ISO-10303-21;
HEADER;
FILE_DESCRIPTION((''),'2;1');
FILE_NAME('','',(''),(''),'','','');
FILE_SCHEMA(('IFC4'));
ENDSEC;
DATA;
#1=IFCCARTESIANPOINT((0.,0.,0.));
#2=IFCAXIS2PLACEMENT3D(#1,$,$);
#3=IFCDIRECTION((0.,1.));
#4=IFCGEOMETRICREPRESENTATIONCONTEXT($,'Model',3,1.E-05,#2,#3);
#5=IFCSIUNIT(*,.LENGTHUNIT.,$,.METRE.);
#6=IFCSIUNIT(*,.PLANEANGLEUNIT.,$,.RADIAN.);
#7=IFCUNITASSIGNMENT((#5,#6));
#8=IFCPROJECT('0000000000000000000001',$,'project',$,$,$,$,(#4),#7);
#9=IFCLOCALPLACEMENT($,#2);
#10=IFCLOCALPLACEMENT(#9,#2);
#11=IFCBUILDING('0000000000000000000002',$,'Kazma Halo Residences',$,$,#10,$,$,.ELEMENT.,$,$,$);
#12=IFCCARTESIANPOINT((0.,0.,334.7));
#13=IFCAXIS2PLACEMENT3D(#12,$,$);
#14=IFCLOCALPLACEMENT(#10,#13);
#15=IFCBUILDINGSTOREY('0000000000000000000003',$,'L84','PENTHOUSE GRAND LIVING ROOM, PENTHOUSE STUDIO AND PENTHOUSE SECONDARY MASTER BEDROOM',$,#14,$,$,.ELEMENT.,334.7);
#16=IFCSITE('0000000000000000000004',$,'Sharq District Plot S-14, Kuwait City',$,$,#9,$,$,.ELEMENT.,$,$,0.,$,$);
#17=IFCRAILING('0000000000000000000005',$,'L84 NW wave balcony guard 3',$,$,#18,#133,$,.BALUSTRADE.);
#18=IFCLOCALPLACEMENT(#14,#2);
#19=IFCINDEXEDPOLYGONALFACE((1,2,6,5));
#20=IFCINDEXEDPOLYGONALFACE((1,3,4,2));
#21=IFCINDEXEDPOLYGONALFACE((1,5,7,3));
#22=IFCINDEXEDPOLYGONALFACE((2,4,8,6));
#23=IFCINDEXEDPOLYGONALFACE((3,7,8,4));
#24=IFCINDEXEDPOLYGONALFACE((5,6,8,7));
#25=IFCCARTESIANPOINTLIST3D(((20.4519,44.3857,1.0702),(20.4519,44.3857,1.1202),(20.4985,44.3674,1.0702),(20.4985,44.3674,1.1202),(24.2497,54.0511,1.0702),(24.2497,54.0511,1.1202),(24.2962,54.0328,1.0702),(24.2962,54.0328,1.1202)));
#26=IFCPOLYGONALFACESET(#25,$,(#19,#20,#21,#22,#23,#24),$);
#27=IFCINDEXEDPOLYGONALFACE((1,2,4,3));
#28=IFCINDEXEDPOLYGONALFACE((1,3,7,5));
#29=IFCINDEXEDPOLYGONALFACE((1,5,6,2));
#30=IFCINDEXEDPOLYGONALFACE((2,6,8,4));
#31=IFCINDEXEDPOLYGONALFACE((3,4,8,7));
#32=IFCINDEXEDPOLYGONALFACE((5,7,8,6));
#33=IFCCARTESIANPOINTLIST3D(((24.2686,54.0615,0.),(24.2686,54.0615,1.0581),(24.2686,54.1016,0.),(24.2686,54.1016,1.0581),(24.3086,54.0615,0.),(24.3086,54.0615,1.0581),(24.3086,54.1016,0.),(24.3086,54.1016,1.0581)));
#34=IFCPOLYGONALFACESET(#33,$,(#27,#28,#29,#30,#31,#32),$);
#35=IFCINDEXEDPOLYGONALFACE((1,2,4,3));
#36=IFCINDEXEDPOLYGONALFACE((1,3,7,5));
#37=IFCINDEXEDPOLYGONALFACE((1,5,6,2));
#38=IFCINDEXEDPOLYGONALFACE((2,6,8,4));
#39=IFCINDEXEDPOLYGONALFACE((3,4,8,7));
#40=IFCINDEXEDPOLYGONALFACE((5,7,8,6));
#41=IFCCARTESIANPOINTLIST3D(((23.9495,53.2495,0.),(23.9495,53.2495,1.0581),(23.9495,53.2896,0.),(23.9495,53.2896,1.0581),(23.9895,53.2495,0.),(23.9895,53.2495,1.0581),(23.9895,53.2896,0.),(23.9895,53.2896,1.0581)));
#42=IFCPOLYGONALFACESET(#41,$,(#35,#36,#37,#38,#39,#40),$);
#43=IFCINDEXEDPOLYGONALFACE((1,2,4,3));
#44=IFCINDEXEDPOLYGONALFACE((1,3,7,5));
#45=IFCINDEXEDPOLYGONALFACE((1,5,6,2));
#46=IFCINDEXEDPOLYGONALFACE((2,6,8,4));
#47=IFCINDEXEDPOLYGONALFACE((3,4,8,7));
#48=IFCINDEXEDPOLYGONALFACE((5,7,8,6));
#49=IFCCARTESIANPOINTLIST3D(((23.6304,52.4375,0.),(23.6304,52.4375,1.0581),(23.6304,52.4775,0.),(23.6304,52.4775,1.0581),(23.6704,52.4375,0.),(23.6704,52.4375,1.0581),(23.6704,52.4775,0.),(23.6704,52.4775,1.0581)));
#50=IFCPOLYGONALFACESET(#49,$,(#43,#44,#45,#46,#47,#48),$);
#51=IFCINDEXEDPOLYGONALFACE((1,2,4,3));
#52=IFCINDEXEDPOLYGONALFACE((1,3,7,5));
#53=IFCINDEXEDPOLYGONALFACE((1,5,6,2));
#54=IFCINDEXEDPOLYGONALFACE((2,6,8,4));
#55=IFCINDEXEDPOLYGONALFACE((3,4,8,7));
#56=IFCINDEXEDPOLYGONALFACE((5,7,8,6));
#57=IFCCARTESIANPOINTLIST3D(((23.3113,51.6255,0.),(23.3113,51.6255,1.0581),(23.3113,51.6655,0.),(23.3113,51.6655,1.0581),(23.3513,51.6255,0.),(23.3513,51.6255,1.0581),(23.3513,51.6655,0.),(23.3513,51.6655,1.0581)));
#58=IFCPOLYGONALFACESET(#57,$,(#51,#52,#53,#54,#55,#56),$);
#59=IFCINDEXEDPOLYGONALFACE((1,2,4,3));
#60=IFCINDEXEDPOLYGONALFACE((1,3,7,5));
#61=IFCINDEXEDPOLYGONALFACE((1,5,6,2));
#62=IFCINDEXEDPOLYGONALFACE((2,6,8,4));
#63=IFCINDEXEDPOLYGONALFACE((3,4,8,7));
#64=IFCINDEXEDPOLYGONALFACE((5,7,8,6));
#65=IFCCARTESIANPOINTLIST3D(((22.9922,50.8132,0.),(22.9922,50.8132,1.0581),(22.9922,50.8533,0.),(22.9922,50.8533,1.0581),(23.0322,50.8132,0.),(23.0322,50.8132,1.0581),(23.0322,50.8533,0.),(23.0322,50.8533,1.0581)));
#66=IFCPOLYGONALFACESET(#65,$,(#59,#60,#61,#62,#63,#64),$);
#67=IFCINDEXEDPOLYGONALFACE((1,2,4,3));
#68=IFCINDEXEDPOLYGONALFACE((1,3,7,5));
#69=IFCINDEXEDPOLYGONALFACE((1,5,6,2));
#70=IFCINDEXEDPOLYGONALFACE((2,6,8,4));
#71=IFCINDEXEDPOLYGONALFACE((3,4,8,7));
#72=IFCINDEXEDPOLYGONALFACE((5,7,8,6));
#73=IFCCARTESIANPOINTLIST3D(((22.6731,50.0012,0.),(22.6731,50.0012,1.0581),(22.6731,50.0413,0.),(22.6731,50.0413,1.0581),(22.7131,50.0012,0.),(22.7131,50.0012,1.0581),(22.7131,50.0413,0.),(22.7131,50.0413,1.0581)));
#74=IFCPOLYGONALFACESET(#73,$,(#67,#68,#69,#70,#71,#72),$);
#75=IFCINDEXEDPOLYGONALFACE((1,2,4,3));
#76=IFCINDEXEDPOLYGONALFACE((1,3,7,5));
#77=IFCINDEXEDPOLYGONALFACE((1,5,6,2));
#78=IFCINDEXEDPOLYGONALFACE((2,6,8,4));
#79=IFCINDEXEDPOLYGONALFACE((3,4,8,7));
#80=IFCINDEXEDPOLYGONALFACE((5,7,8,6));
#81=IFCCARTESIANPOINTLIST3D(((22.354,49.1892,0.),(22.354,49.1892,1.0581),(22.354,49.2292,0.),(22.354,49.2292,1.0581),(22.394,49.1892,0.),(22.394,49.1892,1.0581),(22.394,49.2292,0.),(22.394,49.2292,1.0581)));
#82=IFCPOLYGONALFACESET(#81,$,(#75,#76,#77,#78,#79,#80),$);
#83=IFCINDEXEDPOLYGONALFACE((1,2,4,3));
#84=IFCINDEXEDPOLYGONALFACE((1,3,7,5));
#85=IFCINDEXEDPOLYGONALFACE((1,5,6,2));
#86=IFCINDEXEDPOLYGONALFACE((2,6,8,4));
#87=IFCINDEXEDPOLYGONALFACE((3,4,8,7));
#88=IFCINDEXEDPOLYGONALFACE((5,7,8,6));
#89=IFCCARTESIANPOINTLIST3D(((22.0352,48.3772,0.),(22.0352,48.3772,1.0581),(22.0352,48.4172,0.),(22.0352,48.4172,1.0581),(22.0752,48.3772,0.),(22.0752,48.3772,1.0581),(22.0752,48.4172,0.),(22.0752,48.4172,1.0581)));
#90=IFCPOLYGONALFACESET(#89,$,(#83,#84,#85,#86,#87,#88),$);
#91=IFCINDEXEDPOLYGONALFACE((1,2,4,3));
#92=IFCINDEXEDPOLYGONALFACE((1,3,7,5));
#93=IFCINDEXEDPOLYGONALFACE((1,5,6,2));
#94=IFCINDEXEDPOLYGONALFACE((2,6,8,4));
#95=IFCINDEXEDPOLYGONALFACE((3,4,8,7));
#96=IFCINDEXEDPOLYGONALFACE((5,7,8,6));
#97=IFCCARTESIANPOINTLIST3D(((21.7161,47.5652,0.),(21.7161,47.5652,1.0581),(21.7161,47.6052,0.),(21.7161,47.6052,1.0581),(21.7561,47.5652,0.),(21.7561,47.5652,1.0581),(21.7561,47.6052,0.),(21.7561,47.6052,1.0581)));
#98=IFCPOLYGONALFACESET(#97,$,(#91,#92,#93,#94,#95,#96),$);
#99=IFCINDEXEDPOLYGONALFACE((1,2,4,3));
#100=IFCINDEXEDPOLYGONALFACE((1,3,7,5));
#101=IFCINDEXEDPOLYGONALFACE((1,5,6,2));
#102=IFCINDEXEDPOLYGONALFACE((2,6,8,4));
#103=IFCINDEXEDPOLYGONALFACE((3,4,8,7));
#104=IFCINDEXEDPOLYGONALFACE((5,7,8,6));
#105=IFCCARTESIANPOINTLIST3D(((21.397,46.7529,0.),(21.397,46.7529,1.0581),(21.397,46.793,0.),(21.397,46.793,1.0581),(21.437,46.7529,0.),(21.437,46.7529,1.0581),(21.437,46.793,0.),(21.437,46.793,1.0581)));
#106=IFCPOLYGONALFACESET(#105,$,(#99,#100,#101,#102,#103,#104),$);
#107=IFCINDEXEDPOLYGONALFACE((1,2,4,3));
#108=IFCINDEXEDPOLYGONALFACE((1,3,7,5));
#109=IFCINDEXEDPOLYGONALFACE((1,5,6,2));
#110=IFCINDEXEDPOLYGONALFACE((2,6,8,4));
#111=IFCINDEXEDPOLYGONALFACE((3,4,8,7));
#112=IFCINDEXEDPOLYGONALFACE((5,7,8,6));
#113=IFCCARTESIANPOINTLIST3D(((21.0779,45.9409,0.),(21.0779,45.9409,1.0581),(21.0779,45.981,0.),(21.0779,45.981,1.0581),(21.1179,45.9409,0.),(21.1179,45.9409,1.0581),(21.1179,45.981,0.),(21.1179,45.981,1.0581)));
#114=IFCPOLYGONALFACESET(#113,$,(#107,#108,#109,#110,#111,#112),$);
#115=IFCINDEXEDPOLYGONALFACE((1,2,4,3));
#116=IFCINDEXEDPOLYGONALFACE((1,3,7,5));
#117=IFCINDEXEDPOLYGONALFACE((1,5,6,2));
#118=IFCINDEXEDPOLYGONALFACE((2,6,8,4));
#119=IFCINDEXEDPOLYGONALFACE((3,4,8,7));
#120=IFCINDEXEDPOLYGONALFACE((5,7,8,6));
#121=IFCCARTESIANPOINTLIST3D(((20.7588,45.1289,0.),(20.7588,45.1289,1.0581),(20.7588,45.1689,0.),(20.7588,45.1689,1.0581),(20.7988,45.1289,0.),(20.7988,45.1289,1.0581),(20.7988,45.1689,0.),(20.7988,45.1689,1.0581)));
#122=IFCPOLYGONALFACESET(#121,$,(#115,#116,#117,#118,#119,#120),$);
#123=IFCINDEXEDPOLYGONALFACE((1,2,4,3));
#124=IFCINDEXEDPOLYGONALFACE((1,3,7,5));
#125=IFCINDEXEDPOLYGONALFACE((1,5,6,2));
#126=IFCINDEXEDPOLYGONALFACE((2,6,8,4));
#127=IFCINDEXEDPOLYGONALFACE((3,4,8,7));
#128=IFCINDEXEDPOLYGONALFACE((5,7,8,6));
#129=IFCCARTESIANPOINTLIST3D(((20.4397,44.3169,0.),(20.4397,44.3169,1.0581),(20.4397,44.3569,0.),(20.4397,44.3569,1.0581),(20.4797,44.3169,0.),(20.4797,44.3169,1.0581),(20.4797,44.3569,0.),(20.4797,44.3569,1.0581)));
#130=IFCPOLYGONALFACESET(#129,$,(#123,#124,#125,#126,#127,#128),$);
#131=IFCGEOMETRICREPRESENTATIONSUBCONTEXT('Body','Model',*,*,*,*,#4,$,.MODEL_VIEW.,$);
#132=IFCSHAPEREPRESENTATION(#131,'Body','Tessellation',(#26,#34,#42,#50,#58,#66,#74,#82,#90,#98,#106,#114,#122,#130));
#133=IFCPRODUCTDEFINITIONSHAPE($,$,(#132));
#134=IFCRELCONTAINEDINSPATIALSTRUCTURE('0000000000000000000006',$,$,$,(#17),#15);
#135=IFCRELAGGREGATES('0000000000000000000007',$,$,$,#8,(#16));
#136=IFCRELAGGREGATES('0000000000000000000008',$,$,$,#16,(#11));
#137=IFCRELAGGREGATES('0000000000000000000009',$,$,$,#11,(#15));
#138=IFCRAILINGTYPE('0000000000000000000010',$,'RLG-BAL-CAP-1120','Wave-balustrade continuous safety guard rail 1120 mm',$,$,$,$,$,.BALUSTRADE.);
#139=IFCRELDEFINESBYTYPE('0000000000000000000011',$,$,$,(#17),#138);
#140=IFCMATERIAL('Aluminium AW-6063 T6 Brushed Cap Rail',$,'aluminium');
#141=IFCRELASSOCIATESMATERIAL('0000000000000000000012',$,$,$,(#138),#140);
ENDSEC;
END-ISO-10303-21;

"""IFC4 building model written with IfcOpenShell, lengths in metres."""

from ifc_helpers import new_model, si_unit, direction, frame, origin, origin_2d, place, context, subcontext, project, spatial, rectangle, extrude, material, type_object, element, save


model = new_model("IFC4")

# Units and contexts
model_context = context("Model", 3, precision=1e-05, world=origin(), true_north=direction((0.0, 1.0)))
body_context = subcontext(model_context, "Body", "Model", "MODEL_VIEW")
ifc_project = project(units=[si_unit("LENGTHUNIT", "METRE"), si_unit("PLANEANGLEUNIT", "RADIAN")], contexts=[model_context])

# Site, building, storey
site_placement = place(None, origin())
site = spatial("IfcSite", under=ifc_project, at=site_placement, Name="Sharq District Plot S-14, Kuwait City", CompositionType="ELEMENT", RefElevation=0.0)
building_placement = place(site_placement, origin())
building = spatial("IfcBuilding", under=site, at=building_placement, Name="Kazma Halo Residences", CompositionType="ELEMENT")
storey_placement = place(building_placement, frame((0.0, 0.0, 334.7)))
storey = spatial("IfcBuildingStorey", under=building, at=storey_placement, Name="L84", Description="PENTHOUSE GRAND LIVING ROOM, PENTHOUSE STUDIO AND PENTHOUSE SECONDARY MASTER BEDROOM", CompositionType="ELEMENT", Elevation=334.7)

# Railing
ifc_material_1 = material(Name="Aluminium AW-6063 T6 Brushed Cap Rail", Category="aluminium")
railing_type = type_object("IfcRailingType", Name="RLG-BAL-CAP-1120", Description="Wave-balustrade continuous safety guard rail 1120 mm", PredefinedType="BALUSTRADE", material=ifc_material_1)
railing_1_placement = place(storey_placement, frame((24.2886, 54.0815, 0.0)))
element("IfcRailing", 1, at=railing_1_placement, inside=storey, type_object=railing_type, Name="L84 NW wave balcony guard 3", PredefinedType="BALUSTRADE", context=body_context, shape_type="SweptSolid", body=[
    extrude(rectangle(XDim=0.05, YDim=0.05, at=origin_2d()), frame((-0.0156, -0.0396, 1.0952), z_axis=(-0.365703, -0.930732, 0.0), x_axis=(0.930732, -0.365703, 0.0)), (0.0, 0.0, 1.0), 10.3848),
    extrude(rectangle(XDim=0.04, YDim=0.04, at=origin_2d()), origin(), (0.0, 0.0, 1.0), 1.0581),
    extrude(rectangle(XDim=0.04, YDim=0.04, at=origin_2d()), frame((-0.3191, -0.812, 0.0)), (0.0, 0.0, 1.0), 1.0581),
    extrude(rectangle(XDim=0.04, YDim=0.04, at=origin_2d()), frame((-0.6382, -1.624, 0.0)), (0.0, 0.0, 1.0), 1.0581),
    extrude(rectangle(XDim=0.04, YDim=0.04, at=origin_2d()), frame((-0.9573, -2.436, 0.0)), (0.0, 0.0, 1.0), 1.0581),
    extrude(rectangle(XDim=0.04, YDim=0.04, at=origin_2d()), frame((-1.2764, -3.2483, 0.0)), (0.0, 0.0, 1.0), 1.0581),
    extrude(rectangle(XDim=0.04, YDim=0.04, at=origin_2d()), frame((-1.5955, -4.0603, 0.0)), (0.0, 0.0, 1.0), 1.0581),
    extrude(rectangle(XDim=0.04, YDim=0.04, at=origin_2d()), frame((-1.9146, -4.8723, 0.0)), (0.0, 0.0, 1.0), 1.0581),
    extrude(rectangle(XDim=0.04, YDim=0.04, at=origin_2d()), frame((-2.2334, -5.6843, 0.0)), (0.0, 0.0, 1.0), 1.0581),
    extrude(rectangle(XDim=0.04, YDim=0.04, at=origin_2d()), frame((-2.5525, -6.4963, 0.0)), (0.0, 0.0, 1.0), 1.0581),
    extrude(rectangle(XDim=0.04, YDim=0.04, at=origin_2d()), frame((-2.8716, -7.3086, 0.0)), (0.0, 0.0, 1.0), 1.0581),
    extrude(rectangle(XDim=0.04, YDim=0.04, at=origin_2d()), frame((-3.1907, -8.1206, 0.0)), (0.0, 0.0, 1.0), 1.0581),
    extrude(rectangle(XDim=0.04, YDim=0.04, at=origin_2d()), frame((-3.5098, -8.9326, 0.0)), (0.0, 0.0, 1.0), 1.0581),
    extrude(rectangle(XDim=0.04, YDim=0.04, at=origin_2d()), frame((-3.8289, -9.7446, 0.0)), (0.0, 0.0, 1.0), 1.0581),
])

save(model, "model.ifc")
